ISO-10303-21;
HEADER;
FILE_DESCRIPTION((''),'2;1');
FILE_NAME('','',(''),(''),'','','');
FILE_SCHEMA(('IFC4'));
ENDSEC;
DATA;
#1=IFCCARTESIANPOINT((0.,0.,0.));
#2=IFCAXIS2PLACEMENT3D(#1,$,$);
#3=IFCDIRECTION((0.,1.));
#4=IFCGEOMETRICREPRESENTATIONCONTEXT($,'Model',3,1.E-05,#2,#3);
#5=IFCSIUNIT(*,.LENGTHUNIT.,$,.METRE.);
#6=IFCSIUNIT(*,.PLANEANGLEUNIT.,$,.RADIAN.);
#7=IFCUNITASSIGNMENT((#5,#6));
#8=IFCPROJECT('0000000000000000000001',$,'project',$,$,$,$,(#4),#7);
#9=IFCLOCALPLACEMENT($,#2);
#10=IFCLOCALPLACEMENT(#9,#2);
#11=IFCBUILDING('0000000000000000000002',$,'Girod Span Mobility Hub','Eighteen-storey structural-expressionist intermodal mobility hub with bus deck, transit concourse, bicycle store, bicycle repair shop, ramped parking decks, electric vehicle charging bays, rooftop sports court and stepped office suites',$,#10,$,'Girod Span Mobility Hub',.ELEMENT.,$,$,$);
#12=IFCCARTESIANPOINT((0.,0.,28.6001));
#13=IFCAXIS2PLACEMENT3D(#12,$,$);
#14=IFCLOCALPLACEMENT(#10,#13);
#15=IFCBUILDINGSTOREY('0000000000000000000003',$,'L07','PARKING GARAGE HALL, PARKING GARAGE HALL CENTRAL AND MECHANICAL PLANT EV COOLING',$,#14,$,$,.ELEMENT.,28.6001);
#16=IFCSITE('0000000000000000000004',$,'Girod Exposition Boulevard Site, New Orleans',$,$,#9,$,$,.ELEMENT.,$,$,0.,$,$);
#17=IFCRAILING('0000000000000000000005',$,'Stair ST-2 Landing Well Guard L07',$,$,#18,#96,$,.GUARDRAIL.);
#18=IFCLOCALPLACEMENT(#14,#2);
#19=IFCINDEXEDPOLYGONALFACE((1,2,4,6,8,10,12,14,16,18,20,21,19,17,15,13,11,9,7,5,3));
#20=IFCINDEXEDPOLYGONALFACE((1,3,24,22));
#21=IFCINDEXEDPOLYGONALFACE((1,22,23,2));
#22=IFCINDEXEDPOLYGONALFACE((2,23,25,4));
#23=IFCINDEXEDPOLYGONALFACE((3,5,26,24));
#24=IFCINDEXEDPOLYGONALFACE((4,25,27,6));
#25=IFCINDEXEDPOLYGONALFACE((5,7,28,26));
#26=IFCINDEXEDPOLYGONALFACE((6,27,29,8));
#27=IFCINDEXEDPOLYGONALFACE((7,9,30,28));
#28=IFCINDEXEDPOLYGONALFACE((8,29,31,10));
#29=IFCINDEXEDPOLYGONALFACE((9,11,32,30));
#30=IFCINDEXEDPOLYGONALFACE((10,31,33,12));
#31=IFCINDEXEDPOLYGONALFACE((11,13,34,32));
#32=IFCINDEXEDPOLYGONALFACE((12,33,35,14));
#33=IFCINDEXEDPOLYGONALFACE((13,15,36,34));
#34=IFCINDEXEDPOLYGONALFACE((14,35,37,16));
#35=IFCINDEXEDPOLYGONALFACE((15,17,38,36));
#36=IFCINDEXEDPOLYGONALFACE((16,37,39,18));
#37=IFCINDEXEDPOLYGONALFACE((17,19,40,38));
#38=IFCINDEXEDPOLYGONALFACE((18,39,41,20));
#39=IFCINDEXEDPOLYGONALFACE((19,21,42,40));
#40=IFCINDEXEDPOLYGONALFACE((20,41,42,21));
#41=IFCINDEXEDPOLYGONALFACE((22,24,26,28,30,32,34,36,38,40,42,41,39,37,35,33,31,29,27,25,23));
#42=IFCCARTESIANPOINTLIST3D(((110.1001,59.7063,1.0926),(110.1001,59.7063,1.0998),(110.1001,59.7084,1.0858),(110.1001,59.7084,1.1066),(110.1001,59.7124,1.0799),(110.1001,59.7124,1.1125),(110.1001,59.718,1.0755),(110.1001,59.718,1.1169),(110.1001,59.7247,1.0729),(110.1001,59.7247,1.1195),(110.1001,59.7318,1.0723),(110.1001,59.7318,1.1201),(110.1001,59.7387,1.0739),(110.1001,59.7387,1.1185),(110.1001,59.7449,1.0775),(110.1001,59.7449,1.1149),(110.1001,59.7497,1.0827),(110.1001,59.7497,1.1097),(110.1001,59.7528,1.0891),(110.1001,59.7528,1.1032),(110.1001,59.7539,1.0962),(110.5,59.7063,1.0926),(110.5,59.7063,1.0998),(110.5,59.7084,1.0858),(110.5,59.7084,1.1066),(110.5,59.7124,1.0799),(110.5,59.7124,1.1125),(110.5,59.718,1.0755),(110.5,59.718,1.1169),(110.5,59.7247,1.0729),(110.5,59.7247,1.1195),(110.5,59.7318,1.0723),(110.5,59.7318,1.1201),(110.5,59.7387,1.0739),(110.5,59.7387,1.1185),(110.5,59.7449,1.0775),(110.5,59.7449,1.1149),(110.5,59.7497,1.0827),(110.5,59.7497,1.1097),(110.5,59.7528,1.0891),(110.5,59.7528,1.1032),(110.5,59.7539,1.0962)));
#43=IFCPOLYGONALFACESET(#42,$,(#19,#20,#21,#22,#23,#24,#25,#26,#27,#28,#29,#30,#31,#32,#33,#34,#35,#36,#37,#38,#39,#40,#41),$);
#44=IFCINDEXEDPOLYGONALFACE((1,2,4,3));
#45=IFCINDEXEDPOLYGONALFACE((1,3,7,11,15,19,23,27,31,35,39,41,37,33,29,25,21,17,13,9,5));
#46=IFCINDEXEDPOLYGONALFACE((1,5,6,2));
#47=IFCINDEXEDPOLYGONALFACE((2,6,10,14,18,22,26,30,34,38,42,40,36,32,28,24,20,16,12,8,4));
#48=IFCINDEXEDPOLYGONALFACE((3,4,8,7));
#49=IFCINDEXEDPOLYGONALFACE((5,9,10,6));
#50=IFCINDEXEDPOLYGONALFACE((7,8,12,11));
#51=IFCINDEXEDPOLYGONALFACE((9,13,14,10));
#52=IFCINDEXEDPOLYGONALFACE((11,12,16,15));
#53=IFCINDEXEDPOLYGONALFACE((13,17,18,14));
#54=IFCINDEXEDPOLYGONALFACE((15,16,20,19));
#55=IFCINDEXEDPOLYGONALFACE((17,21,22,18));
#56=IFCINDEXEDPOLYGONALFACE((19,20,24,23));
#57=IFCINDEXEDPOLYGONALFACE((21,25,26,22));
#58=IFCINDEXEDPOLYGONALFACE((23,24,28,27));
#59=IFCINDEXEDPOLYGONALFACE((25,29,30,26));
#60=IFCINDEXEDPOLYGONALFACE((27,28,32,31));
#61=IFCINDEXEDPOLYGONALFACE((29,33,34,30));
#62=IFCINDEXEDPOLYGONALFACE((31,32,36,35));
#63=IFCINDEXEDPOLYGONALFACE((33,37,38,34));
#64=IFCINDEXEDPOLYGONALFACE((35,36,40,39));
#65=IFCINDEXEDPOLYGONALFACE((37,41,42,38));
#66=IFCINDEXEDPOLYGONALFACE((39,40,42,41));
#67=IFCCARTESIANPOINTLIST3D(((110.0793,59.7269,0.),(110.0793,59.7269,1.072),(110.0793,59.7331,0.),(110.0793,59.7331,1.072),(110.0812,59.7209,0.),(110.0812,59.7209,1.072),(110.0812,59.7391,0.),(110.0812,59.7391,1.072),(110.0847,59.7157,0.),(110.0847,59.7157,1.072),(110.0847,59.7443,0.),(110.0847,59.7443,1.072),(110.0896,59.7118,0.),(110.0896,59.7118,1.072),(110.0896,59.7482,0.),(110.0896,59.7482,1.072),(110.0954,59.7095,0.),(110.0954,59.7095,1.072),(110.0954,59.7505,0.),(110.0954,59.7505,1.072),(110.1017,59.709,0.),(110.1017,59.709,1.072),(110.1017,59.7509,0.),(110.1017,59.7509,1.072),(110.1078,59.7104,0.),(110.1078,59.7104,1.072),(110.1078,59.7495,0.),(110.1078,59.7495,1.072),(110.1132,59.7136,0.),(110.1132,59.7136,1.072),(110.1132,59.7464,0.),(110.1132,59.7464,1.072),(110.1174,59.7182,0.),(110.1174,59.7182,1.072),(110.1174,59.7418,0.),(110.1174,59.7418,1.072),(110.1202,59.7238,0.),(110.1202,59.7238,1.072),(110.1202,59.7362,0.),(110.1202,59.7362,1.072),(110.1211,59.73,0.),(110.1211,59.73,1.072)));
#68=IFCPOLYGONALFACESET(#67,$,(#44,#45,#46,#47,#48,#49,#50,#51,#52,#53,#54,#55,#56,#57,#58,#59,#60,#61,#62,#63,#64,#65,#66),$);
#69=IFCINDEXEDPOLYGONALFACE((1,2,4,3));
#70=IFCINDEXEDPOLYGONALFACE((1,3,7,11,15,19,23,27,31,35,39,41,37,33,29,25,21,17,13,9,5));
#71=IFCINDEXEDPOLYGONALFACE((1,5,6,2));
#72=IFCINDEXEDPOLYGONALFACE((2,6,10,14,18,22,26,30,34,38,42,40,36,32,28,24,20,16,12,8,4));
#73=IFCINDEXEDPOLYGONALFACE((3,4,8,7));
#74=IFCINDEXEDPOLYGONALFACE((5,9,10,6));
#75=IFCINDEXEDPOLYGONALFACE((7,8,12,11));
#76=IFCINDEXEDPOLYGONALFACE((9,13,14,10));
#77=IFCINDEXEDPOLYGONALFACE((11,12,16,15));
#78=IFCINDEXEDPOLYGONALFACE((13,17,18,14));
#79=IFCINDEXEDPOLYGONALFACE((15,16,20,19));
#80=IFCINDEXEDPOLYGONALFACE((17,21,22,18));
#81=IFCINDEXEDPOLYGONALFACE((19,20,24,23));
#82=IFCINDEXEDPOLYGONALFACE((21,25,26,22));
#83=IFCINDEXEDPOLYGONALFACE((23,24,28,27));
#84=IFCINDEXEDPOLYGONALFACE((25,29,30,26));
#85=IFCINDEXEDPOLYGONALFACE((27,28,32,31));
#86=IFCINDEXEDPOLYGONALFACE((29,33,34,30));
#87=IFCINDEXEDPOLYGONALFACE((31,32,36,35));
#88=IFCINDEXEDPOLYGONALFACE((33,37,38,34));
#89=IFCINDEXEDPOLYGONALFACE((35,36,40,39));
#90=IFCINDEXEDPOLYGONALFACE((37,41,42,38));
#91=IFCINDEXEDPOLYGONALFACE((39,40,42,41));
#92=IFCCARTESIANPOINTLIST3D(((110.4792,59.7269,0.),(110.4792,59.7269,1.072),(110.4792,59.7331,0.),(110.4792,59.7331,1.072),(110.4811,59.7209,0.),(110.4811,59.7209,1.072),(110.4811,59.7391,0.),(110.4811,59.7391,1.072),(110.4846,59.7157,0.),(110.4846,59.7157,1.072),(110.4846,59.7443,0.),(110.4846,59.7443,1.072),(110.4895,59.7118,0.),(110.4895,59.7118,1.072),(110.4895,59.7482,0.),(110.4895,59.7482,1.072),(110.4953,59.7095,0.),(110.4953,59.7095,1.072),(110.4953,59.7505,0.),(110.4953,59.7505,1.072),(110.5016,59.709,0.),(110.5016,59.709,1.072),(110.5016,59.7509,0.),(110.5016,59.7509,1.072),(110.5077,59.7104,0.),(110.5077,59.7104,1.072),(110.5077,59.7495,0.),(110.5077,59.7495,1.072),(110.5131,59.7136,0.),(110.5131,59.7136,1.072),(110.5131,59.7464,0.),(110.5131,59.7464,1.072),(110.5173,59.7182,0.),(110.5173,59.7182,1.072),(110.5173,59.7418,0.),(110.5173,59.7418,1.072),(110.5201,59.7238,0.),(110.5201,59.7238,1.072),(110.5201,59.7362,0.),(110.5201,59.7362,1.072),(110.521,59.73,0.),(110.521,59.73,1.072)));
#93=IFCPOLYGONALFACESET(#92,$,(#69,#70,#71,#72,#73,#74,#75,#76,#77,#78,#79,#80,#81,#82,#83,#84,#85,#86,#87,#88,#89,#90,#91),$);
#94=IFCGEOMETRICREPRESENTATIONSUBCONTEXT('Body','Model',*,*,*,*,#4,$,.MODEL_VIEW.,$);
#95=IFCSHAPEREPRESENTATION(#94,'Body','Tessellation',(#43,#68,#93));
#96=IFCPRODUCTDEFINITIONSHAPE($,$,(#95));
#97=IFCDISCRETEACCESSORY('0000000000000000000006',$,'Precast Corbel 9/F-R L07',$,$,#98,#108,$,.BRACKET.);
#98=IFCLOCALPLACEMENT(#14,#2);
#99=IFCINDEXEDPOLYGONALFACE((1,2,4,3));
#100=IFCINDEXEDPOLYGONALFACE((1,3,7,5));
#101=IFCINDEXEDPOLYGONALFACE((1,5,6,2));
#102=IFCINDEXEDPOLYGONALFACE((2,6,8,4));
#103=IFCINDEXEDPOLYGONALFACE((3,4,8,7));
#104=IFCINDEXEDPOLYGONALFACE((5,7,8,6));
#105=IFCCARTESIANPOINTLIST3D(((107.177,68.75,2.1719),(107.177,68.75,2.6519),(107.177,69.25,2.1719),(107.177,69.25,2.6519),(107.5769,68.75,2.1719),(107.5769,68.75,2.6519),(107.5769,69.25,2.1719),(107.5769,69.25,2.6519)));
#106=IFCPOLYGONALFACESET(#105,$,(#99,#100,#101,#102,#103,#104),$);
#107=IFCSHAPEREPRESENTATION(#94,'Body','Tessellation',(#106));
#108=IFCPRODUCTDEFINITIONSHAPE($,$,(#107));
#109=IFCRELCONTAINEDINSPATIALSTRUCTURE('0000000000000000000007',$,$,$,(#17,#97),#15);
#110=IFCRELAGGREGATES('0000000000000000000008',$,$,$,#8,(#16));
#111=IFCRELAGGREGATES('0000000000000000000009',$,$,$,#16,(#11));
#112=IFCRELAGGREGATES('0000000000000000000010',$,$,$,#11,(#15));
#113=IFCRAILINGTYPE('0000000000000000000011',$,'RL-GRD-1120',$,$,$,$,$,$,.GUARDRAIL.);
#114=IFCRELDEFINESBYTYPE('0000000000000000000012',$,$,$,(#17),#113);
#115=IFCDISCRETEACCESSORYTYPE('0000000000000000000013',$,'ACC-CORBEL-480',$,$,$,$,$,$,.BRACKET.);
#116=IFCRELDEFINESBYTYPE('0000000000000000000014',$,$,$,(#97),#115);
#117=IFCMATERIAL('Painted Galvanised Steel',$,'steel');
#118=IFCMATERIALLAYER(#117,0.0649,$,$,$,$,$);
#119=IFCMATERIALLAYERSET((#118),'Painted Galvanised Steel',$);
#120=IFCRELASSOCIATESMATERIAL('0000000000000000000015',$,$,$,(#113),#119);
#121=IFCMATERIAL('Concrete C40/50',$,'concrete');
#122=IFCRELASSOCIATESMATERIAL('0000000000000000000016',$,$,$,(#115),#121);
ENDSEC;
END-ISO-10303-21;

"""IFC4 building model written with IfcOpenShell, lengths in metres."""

from ifc_helpers import new_model, si_unit, direction, frame, origin, origin_2d, place, context, subcontext, project, spatial, rectangle, circle, extrude, material, layer, layer_set, type_object, element, save


model = new_model("IFC4")

# Units and contexts
model_context = context("Model", 3, precision=1e-05, world=origin(), true_north=direction((0.0, 1.0)))
body_context = subcontext(model_context, "Body", "Model", "MODEL_VIEW")
ifc_project = project(units=[si_unit("LENGTHUNIT", "METRE"), si_unit("PLANEANGLEUNIT", "RADIAN")], contexts=[model_context])

# Site, building, storey
site_placement = place(None, origin())
site = spatial("IfcSite", under=ifc_project, at=site_placement, Name="Girod Exposition Boulevard Site, New Orleans", CompositionType="ELEMENT", RefElevation=0.0)
building_placement = place(site_placement, origin())
building = spatial("IfcBuilding", under=site, at=building_placement, Name="Girod Span Mobility Hub", Description="Eighteen-storey structural-expressionist intermodal mobility hub with bus deck, transit concourse, bicycle store, bicycle repair shop, ramped parking decks, electric vehicle charging bays, rooftop sports court and stepped office suites", LongName="Girod Span Mobility Hub", CompositionType="ELEMENT")
storey_placement = place(building_placement, frame((0.0, 0.0, 28.6001)))
storey = spatial("IfcBuildingStorey", under=building, at=storey_placement, Name="L07", Description="PARKING GARAGE HALL, PARKING GARAGE HALL CENTRAL AND MECHANICAL PLANT EV COOLING", CompositionType="ELEMENT", Elevation=28.6001)

# Railing
ifc_material_1 = material(Name="Painted Galvanised Steel", Category="steel")
ifc_layer_1 = layer(ifc_material_1, 0.0649)
ifc_layer_set_1 = layer_set([ifc_layer_1], Name="Painted Galvanised Steel")
railing_type_1 = type_object("IfcRailingType", Name="RL-GRD-1120", PredefinedType="GUARDRAIL", material=ifc_layer_set_1)
for number, where, name in (
    (1, (110.1001, 59.73, 0.0), "Stair ST-2 Landing Well Guard L07"),
):
    element("IfcRailing", number, at=place(storey_placement, frame(where)), inside=storey, type_object=railing_type_1, Name=name, PredefinedType="GUARDRAIL", context=body_context, shape_type="SweptSolid", body=[
        extrude(circle(Radius=0.0239, at=origin_2d()), frame((0.0, 0.0, 1.0962), z_axis=(1.0, 0.0, 0.0), x_axis=(0.0, 1.0, 0.0)), (0.0, 0.0, 1.0), 0.3999),
        extrude(circle(Radius=0.021, at=origin_2d()), origin(), (0.0, 0.0, 1.0), 1.072),
        extrude(circle(Radius=0.021, at=origin_2d()), frame((0.3999, 0.0, 0.0)), (0.0, 0.0, 1.0), 1.072),
    ])

# Discrete accessory
ifc_material_2 = material(Name="Concrete C40/50", Category="concrete")
discrete_accessory_type = type_object("IfcDiscreteAccessoryType", Name="ACC-CORBEL-480", PredefinedType="BRACKET", material=ifc_material_2)
discrete_accessory_placement = place(storey_placement, frame((107.377, 69.0, 2.1719), z_axis=(0.0, 0.0, 1.0), x_axis=(1.0, 0.0, 0.0)))
element("IfcDiscreteAccessory", 2, at=discrete_accessory_placement, inside=storey, type_object=discrete_accessory_type, Name="Precast Corbel 9/F-R L07", PredefinedType="BRACKET", context=body_context, shape_type="SweptSolid", body=[
    extrude(rectangle(XDim=0.3999, YDim=0.5, at=origin_2d()), origin(), (0.0, 0.0, 1.0), 0.48),
])

save(model, "model.ifc")
